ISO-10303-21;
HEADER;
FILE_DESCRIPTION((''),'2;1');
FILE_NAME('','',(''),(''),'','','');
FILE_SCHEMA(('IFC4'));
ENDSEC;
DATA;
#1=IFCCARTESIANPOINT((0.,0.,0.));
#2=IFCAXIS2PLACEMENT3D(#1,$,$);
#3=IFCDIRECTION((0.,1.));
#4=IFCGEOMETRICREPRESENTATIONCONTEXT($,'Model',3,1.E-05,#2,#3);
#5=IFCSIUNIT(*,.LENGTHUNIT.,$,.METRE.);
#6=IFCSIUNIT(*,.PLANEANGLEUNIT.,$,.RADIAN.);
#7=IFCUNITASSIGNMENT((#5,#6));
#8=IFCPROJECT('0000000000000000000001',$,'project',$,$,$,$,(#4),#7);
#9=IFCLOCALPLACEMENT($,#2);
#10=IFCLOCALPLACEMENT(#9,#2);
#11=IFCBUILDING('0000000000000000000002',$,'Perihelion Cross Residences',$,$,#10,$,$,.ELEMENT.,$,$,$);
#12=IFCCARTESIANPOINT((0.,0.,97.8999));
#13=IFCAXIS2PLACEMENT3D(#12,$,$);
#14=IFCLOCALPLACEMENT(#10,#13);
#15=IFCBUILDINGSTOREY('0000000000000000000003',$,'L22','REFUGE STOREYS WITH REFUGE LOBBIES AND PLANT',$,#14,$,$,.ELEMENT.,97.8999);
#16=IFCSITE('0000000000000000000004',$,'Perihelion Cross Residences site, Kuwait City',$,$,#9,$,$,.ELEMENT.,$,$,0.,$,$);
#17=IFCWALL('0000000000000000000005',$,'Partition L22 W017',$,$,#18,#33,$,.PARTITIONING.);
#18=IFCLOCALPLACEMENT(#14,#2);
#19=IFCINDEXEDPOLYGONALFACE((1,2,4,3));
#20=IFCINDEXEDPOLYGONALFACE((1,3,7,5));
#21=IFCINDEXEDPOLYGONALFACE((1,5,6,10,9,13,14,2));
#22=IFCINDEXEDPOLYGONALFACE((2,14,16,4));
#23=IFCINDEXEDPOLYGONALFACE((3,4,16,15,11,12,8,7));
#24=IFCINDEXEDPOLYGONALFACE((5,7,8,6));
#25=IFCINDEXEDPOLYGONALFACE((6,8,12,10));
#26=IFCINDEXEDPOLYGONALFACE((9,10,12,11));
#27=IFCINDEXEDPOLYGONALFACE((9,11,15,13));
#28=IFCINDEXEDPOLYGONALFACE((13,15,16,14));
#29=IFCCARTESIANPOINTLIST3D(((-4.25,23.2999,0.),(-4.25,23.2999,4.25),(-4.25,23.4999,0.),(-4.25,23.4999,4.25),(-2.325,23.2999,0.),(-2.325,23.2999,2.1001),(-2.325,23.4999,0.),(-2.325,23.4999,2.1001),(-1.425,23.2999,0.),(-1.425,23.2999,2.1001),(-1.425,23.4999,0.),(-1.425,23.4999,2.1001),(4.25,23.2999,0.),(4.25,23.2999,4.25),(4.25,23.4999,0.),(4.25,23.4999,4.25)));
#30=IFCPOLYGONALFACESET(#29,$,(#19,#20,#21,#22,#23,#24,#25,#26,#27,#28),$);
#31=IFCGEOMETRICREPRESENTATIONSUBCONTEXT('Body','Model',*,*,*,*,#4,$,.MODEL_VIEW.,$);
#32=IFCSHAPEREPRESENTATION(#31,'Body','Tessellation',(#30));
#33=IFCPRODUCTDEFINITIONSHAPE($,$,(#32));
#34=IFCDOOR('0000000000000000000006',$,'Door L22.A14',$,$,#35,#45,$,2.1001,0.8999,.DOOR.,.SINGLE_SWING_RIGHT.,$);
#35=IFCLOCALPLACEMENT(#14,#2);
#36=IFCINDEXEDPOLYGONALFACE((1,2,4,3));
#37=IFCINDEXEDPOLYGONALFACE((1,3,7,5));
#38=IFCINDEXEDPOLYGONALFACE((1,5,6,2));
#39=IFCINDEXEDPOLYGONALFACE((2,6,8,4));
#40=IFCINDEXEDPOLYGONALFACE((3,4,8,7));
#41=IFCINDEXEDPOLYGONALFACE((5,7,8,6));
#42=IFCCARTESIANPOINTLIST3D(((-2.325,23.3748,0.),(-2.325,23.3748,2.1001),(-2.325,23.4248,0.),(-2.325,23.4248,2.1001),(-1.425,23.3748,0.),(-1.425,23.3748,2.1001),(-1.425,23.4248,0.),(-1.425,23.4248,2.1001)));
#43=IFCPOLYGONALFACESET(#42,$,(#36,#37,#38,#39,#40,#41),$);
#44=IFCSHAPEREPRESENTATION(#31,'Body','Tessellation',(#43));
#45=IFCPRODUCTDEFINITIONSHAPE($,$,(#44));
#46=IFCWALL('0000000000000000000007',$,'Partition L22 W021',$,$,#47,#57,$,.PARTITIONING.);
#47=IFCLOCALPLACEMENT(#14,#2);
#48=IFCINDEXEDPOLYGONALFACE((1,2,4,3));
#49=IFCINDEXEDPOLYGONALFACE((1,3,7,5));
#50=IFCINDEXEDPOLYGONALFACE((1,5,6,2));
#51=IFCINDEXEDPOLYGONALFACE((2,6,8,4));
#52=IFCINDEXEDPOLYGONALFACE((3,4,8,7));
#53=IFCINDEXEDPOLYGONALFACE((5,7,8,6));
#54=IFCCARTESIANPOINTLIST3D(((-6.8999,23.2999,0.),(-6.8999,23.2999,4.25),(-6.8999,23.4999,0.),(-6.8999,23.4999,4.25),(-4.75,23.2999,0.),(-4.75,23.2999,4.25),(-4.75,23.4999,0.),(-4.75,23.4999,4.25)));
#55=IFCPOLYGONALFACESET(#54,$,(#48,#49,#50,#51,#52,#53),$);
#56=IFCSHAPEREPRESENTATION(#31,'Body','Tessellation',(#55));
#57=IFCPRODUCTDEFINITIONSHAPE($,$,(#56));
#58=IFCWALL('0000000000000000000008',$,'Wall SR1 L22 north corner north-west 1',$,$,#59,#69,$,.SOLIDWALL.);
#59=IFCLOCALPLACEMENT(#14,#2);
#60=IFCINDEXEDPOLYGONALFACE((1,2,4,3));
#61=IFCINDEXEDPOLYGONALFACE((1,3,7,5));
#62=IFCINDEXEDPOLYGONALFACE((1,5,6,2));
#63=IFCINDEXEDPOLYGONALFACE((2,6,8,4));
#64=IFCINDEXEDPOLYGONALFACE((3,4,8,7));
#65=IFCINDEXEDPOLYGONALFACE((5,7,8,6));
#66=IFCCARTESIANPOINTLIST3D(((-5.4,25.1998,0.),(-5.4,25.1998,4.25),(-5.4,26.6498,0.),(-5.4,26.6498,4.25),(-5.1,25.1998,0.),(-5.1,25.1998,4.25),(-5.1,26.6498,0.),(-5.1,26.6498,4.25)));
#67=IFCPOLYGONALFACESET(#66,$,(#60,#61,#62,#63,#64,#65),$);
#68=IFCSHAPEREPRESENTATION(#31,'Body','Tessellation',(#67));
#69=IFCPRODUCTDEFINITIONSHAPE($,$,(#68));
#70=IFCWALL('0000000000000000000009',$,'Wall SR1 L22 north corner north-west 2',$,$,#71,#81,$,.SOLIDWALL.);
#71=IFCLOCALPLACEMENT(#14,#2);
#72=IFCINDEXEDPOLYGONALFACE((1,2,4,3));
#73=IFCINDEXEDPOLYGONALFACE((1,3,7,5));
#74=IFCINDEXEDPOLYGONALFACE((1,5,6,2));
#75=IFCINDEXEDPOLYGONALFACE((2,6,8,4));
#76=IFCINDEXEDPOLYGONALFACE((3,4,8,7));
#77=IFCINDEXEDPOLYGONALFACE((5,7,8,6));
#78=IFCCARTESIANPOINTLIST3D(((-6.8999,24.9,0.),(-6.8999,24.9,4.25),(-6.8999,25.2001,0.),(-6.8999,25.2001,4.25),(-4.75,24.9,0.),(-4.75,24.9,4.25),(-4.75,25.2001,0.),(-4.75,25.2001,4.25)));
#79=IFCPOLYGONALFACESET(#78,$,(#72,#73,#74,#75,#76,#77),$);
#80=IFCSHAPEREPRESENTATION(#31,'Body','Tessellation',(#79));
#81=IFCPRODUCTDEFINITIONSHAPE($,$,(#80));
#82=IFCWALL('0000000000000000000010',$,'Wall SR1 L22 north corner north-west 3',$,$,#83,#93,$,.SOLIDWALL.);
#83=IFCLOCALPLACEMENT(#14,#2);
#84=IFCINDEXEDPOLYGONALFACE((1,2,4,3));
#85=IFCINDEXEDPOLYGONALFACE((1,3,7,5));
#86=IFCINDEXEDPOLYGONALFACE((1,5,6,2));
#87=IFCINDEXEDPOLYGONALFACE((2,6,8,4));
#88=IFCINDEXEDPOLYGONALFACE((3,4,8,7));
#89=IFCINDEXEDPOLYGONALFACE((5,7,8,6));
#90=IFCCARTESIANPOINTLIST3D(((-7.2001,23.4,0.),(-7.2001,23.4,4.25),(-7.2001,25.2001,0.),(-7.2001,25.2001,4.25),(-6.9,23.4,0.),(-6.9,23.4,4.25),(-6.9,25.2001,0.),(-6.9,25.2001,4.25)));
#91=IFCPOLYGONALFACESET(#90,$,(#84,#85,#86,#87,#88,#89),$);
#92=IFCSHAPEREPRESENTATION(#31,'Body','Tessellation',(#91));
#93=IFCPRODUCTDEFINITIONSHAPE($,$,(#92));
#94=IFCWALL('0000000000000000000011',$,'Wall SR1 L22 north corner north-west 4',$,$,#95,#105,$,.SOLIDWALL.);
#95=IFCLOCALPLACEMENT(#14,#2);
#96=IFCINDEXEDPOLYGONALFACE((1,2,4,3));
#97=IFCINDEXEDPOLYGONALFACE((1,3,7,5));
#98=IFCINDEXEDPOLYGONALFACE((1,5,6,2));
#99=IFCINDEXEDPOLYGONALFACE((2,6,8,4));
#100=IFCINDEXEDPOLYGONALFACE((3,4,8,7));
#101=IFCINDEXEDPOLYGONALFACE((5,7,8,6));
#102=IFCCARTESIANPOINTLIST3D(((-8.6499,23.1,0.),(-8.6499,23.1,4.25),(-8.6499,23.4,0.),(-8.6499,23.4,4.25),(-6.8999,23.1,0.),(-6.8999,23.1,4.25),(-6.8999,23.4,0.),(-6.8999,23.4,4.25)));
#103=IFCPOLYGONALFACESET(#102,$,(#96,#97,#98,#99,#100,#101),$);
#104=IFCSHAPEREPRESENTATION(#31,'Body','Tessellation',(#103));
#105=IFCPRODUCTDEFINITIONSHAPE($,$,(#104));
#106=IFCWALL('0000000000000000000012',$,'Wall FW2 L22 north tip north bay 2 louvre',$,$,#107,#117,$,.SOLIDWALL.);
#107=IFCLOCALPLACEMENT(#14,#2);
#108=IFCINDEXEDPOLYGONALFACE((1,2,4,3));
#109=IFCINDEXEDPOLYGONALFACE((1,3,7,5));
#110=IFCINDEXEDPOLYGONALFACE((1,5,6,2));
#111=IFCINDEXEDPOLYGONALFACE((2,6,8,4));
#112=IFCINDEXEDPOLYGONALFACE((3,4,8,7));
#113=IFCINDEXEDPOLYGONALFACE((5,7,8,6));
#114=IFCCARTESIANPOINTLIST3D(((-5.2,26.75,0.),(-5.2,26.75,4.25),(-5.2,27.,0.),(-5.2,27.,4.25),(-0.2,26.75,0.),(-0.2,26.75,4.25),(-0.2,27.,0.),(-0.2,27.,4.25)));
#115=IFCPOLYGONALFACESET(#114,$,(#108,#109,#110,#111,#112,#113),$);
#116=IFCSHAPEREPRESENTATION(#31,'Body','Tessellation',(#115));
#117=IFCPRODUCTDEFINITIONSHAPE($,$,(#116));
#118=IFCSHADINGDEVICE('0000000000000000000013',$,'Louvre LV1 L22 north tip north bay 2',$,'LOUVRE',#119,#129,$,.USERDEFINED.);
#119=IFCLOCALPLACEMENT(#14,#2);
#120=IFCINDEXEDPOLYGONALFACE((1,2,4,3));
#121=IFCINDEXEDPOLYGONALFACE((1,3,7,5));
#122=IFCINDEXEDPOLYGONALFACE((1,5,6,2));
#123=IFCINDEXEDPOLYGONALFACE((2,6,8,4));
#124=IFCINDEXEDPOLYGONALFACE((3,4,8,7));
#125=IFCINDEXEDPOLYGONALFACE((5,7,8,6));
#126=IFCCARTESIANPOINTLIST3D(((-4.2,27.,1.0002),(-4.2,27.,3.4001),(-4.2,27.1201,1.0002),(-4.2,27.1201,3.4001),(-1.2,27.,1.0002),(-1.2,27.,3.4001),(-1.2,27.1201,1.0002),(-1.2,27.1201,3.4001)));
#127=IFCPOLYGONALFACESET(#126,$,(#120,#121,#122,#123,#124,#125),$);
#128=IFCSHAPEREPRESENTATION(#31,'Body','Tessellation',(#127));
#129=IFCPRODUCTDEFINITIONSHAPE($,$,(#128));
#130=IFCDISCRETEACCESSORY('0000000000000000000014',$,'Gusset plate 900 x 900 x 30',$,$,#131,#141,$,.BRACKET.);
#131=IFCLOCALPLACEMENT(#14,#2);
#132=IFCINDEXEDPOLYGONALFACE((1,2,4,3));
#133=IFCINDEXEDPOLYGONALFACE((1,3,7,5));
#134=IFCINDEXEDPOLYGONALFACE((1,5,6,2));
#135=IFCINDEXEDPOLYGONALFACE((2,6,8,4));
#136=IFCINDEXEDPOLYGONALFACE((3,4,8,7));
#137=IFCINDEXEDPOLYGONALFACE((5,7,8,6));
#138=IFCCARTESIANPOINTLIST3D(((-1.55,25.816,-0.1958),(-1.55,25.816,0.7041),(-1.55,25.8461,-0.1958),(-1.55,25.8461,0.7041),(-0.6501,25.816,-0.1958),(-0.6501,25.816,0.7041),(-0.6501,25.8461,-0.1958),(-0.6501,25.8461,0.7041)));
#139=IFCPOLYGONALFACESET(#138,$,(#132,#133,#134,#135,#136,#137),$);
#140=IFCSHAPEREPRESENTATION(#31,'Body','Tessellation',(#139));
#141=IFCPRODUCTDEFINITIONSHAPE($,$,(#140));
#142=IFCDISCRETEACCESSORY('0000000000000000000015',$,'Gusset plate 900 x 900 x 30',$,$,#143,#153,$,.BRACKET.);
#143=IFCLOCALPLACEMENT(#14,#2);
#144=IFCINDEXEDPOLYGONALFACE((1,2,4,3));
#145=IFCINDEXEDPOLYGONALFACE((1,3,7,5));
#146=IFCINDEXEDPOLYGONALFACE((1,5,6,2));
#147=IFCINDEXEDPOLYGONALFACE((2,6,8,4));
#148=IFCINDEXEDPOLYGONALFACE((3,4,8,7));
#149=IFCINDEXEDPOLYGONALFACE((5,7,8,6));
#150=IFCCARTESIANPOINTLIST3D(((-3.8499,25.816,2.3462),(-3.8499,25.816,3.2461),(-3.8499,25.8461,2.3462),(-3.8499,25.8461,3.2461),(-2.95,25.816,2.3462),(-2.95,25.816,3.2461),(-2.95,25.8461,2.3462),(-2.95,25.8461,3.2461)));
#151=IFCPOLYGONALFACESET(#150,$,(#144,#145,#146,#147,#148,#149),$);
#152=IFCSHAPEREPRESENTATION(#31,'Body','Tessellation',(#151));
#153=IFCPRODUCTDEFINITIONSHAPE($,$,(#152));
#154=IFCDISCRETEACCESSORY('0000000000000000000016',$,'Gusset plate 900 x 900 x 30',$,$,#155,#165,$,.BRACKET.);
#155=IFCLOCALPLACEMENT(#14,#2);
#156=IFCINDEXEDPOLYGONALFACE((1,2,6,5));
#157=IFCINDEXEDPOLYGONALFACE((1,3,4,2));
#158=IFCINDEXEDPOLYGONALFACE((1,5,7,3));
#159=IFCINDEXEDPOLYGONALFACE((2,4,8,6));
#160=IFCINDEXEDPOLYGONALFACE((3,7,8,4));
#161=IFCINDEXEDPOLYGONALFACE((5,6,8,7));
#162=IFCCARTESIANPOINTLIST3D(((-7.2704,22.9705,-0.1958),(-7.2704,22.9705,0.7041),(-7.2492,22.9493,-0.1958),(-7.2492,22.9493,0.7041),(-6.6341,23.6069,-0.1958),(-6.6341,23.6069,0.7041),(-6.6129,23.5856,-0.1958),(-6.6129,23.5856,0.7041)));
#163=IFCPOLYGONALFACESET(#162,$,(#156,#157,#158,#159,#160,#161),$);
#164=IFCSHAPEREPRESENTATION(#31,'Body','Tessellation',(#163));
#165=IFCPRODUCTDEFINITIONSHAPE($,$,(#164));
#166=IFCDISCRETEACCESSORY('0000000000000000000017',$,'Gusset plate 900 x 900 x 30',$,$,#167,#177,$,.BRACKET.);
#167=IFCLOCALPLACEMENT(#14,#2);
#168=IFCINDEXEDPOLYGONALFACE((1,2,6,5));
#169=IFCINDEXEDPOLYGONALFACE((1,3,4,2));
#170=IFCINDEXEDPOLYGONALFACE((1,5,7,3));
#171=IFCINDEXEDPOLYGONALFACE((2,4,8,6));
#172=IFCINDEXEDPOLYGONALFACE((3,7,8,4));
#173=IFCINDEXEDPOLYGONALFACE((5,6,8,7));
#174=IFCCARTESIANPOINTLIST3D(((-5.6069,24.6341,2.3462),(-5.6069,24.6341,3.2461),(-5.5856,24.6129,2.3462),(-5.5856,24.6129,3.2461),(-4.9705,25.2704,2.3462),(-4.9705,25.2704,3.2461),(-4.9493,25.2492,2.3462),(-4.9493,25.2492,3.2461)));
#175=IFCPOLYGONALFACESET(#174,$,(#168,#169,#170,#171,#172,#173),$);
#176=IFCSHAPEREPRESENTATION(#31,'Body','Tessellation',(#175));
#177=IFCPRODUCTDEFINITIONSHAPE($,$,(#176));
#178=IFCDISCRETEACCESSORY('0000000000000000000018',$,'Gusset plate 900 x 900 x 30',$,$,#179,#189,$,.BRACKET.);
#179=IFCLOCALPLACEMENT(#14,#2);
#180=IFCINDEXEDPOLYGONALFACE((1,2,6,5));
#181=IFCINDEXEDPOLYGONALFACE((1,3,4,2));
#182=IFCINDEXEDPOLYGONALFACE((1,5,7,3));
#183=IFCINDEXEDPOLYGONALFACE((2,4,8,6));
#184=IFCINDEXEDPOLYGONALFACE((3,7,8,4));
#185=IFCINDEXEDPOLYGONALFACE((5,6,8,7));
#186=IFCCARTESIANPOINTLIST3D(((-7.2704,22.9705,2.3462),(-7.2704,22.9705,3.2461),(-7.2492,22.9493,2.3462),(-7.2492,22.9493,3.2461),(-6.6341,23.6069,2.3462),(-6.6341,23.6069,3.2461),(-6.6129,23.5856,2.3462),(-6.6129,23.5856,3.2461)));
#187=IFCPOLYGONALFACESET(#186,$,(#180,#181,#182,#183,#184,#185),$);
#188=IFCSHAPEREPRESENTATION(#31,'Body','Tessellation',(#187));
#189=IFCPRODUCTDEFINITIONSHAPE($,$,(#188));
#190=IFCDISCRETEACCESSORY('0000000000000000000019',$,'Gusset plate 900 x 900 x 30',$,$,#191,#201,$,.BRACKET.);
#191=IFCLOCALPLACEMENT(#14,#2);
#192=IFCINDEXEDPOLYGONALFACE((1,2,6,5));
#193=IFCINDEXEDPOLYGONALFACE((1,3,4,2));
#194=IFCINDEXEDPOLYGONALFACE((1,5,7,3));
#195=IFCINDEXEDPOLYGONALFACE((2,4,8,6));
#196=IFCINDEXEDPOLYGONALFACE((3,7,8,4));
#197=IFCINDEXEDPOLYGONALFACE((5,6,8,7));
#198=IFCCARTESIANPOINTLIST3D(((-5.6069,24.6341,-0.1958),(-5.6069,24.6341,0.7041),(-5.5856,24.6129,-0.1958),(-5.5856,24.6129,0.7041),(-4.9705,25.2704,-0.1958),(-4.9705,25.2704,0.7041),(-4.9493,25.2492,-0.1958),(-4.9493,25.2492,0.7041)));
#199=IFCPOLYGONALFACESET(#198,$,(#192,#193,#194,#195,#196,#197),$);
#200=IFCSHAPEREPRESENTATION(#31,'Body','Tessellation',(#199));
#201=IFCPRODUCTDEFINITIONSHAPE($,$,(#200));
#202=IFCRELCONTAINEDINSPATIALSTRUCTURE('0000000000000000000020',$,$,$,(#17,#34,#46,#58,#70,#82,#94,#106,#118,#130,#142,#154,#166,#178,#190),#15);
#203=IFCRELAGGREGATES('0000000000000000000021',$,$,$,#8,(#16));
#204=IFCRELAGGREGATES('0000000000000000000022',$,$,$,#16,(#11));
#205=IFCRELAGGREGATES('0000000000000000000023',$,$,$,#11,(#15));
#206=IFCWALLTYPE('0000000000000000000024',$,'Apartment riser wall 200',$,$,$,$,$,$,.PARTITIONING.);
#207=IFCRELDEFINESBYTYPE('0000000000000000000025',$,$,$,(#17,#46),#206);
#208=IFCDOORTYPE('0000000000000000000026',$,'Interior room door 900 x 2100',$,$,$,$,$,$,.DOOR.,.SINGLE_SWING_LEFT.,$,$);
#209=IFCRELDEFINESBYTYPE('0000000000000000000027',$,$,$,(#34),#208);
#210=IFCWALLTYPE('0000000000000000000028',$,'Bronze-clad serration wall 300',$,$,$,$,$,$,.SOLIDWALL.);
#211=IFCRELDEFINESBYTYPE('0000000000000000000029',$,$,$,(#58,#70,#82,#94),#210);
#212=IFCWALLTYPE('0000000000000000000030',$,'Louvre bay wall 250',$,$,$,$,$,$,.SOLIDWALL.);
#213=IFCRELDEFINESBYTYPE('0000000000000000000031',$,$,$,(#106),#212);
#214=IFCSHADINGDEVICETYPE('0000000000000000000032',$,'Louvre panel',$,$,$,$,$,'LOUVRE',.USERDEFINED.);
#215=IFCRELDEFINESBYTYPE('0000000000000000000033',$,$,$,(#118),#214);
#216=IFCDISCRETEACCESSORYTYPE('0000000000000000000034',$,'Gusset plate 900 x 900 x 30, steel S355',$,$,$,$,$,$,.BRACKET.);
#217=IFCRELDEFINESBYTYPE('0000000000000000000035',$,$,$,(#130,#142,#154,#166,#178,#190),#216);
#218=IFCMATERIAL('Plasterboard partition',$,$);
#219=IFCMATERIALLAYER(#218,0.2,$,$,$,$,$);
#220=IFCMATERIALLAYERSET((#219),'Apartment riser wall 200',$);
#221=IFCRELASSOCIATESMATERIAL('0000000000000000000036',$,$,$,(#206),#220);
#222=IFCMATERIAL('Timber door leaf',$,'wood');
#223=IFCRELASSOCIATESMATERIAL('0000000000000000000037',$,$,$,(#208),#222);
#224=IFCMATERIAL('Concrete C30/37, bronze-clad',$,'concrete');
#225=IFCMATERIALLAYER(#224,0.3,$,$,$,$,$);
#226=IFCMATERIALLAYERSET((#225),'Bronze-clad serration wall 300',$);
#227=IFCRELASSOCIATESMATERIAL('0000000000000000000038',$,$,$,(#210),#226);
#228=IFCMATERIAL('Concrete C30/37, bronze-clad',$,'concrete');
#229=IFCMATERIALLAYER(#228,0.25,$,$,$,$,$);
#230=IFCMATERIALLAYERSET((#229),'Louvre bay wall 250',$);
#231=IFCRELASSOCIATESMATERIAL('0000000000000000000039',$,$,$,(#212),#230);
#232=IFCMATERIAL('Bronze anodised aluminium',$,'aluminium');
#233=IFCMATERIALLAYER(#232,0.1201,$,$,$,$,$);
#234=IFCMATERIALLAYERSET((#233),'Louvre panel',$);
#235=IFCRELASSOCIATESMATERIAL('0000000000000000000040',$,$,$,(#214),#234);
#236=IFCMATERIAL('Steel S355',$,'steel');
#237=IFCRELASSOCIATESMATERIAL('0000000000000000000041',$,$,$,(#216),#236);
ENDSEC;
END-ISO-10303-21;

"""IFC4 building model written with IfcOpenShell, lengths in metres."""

from ifc_helpers import new_model, si_unit, direction, frame, frame_2d, origin, origin_2d, place, context, subcontext, project, spatial, rectangle, extrude, material, layer, layer_set, type_object, element, fill, save


model = new_model("IFC4")

# Units and contexts
model_context = context("Model", 3, precision=1e-05, world=origin(), true_north=direction((0.0, 1.0)))
body_context = subcontext(model_context, "Body", "Model", "MODEL_VIEW")
ifc_project = project(units=[si_unit("LENGTHUNIT", "METRE"), si_unit("PLANEANGLEUNIT", "RADIAN")], contexts=[model_context])

# Site, building, storey
site_placement = place(None, origin())
site = spatial("IfcSite", under=ifc_project, at=site_placement, Name="Perihelion Cross Residences site, Kuwait City", CompositionType="ELEMENT", RefElevation=0.0)
building_placement = place(site_placement, origin())
building = spatial("IfcBuilding", under=site, at=building_placement, Name="Perihelion Cross Residences", CompositionType="ELEMENT")
storey_placement = place(building_placement, frame((0.0, 0.0, 97.8999)))
storey = spatial("IfcBuildingStorey", under=building, at=storey_placement, Name="L22", Description="REFUGE STOREYS WITH REFUGE LOBBIES AND PLANT", CompositionType="ELEMENT", Elevation=97.8999)

# Wall, opening, door
ifc_material_1 = material(Name="Plasterboard partition")
ifc_layer_1 = layer(ifc_material_1, 0.2)
ifc_layer_set_1 = layer_set([ifc_layer_1], Name="Apartment riser wall 200")
wall_type_1 = type_object("IfcWallType", Name="Apartment riser wall 200", PredefinedType="PARTITIONING", material=ifc_layer_set_1)
wall_1_placement = place(storey_placement, frame((-4.25, 23.3999, 0.0), z_axis=(0.0, 0.0, 1.0), x_axis=(1.0, 0.0, 0.0)))
wall_1 = element("IfcWall", 1, at=wall_1_placement, inside=storey, type_object=wall_type_1, Name="Partition L22 W017", PredefinedType="PARTITIONING", context=body_context, shape_type="SweptSolid", body=[
    extrude(rectangle(XDim=8.5, YDim=0.2, at=frame_2d((4.25, 0.0))), origin(), (0.0, 0.0, 1.0), 4.25),
])
opening_placement = place(wall_1_placement, frame((1.925, 0.0, 0.0)))
opening = element("IfcOpeningElement", 2, at=opening_placement, cuts=wall_1, PredefinedType="OPENING", context=body_context, shape_type="SweptSolid", body=[
    extrude(rectangle(XDim=0.8999, YDim=2.1001, at=frame_2d((0.45, 1.05))), frame((0.0, 0.1099, 0.0), z_axis=(0.0, -1.0, 0.0), x_axis=(1.0, 0.0, 0.0)), (0.0, 0.0, 1.0), 0.22),
])
ifc_material_2 = material(Name="Timber door leaf", Category="wood")
door_type = type_object("IfcDoorType", Name="Interior room door 900 x 2100", OperationType="SINGLE_SWING_LEFT", PredefinedType="DOOR", material=ifc_material_2)
door_placement = place(opening_placement, origin())
door = element("IfcDoor", 3, at=door_placement, inside=storey, type_object=door_type, Name="Door L22.A14", OperationType="SINGLE_SWING_RIGHT", OverallHeight=2.1001, OverallWidth=0.8999, PredefinedType="DOOR", context=body_context, shape_type="SweptSolid", body=[
    extrude(rectangle(XDim=0.8999, YDim=2.1001, at=frame_2d((0.45, 1.05))), frame((0.0, 0.0249, 0.0), z_axis=(0.0, -1.0, 0.0), x_axis=(1.0, 0.0, 0.0)), (0.0, 0.0, 1.0), 0.05),
])
fill(opening, door)

# Walls
wall_2_placement = place(storey_placement, frame((-6.8999, 23.3999, 0.0), z_axis=(0.0, 0.0, 1.0), x_axis=(1.0, 0.0, 0.0)))
element("IfcWall", 4, at=wall_2_placement, inside=storey, type_object=wall_type_1, Name="Partition L22 W021", PredefinedType="PARTITIONING", context=body_context, shape_type="SweptSolid", body=[
    extrude(rectangle(XDim=2.1499, YDim=0.2, at=frame_2d((1.075, 0.0))), origin(), (0.0, 0.0, 1.0), 4.25),
])
ifc_material_3 = material(Name="Concrete C30/37, bronze-clad", Category="concrete")
ifc_layer_2 = layer(ifc_material_3, 0.3)
ifc_layer_set_2 = layer_set([ifc_layer_2], Name="Bronze-clad serration wall 300")
wall_type_2 = type_object("IfcWallType", Name="Bronze-clad serration wall 300", PredefinedType="SOLIDWALL", material=ifc_layer_set_2)
wall_3_placement = place(storey_placement, frame((-5.25, 26.6499, 0.0), z_axis=(0.0, 0.0, 1.0), x_axis=(0.0, -1.0, 0.0)))
element("IfcWall", 5, at=wall_3_placement, inside=storey, type_object=wall_type_2, Name="Wall SR1 L22 north corner north-west 1", PredefinedType="SOLIDWALL", context=body_context, shape_type="SweptSolid", body=[
    extrude(rectangle(XDim=1.45, YDim=0.3, at=frame_2d((0.7251, 0.0))), origin(), (0.0, 0.0, 1.0), 4.25),
])
wall_4_placement = place(storey_placement, frame((-4.75, 25.05, 0.0), z_axis=(0.0, 0.0, 1.0), x_axis=(-1.0, 0.0, 0.0)))
element("IfcWall", 6, at=wall_4_placement, inside=storey, type_object=wall_type_2, Name="Wall SR1 L22 north corner north-west 2", PredefinedType="SOLIDWALL", context=body_context, shape_type="SweptSolid", body=[
    extrude(rectangle(XDim=2.1499, YDim=0.3, at=frame_2d((1.075, 0.0))), origin(), (0.0, 0.0, 1.0), 4.25),
])
wall_5_placement = place(storey_placement, frame((-7.05, 25.2, 0.0), z_axis=(0.0, 0.0, 1.0), x_axis=(0.0, -1.0, 0.0)))
element("IfcWall", 7, at=wall_5_placement, inside=storey, type_object=wall_type_2, Name="Wall SR1 L22 north corner north-west 3", PredefinedType="SOLIDWALL", context=body_context, shape_type="SweptSolid", body=[
    extrude(rectangle(XDim=1.8, YDim=0.3, at=frame_2d((0.8999, 0.0))), origin(), (0.0, 0.0, 1.0), 4.25),
])
wall_6_placement = place(storey_placement, frame((-6.8999, 23.25, 0.0), z_axis=(0.0, 0.0, 1.0), x_axis=(-1.0, 0.0, 0.0)))
element("IfcWall", 8, at=wall_6_placement, inside=storey, type_object=wall_type_2, Name="Wall SR1 L22 north corner north-west 4", PredefinedType="SOLIDWALL", context=body_context, shape_type="SweptSolid", body=[
    extrude(rectangle(XDim=1.75, YDim=0.3, at=frame_2d((0.875, 0.0))), origin(), (0.0, 0.0, 1.0), 4.25),
])
ifc_material_4 = material(Name="Concrete C30/37, bronze-clad", Category="concrete")
ifc_layer_3 = layer(ifc_material_4, 0.25)
ifc_layer_set_3 = layer_set([ifc_layer_3], Name="Louvre bay wall 250")
wall_type_3 = type_object("IfcWallType", Name="Louvre bay wall 250", PredefinedType="SOLIDWALL", material=ifc_layer_set_3)
wall_7_placement = place(storey_placement, frame((-0.2, 26.875, 0.0), z_axis=(0.0, 0.0, 1.0), x_axis=(-1.0, 0.0, 0.0)))
element("IfcWall", 9, at=wall_7_placement, inside=storey, type_object=wall_type_3, Name="Wall FW2 L22 north tip north bay 2 louvre", PredefinedType="SOLIDWALL", context=body_context, shape_type="SweptSolid", body=[
    extrude(rectangle(XDim=5.0, YDim=0.25, at=frame_2d((2.5, 0.0))), origin(), (0.0, 0.0, 1.0), 4.25),
])

# Shading device
ifc_material_5 = material(Name="Bronze anodised aluminium", Category="aluminium")
ifc_layer_4 = layer(ifc_material_5, 0.1201)
ifc_layer_set_4 = layer_set([ifc_layer_4], Name="Louvre panel")
shading_device_type = type_object("IfcShadingDeviceType", Name="Louvre panel", ElementType="LOUVRE", PredefinedType="USERDEFINED", material=ifc_layer_set_4)
shading_device_placement = place(storey_placement, frame((-2.7, 27.0601, 1.0002), z_axis=(0.0, 0.0, 1.0), x_axis=(-1.0, 0.0, 0.0)))
element("IfcShadingDevice", 10, at=shading_device_placement, inside=storey, type_object=shading_device_type, Name="Louvre LV1 L22 north tip north bay 2", ObjectType="LOUVRE", PredefinedType="USERDEFINED", context=body_context, shape_type="SweptSolid", body=[
    extrude(rectangle(XDim=3.0, YDim=0.1201, at=origin_2d()), origin(), (0.0, 0.0, 1.0), 2.3999),
])

# Discrete accessories
ifc_material_6 = material(Name="Steel S355", Category="steel")
discrete_accessory_type = type_object("IfcDiscreteAccessoryType", Name="Gusset plate 900 x 900 x 30, steel S355", PredefinedType="BRACKET", material=ifc_material_6)
for number, where, z_axis, x_axis, name in (
    (11, (-1.1001, 25.8311, -0.1958), (0.0, 0.0, 1.0), (-1.0, 0.0, 0.0), "Gusset plate 900 x 900 x 30"),
    (12, (-3.3999, 25.8311, 2.3462), (0.0, 0.0, 1.0), (1.0, 0.0, 0.0), "Gusset plate 900 x 900 x 30"),
    (13, (-6.9417, 23.2781, -0.1958), (0.0, 0.0, 1.0), (0.707107, 0.707107, 0.0), "Gusset plate 900 x 900 x 30"),
    (14, (-5.2781, 24.9417, 2.3462), (0.0, 0.0, 1.0), (-0.707107, -0.707107, 0.0), "Gusset plate 900 x 900 x 30"),
    (15, (-6.9417, 23.2781, 2.3462), (0.0, 0.0, 1.0), (0.707107, 0.707107, 0.0), "Gusset plate 900 x 900 x 30"),
    (16, (-5.2781, 24.9417, -0.1958), (0.0, 0.0, 1.0), (-0.707107, -0.707107, 0.0), "Gusset plate 900 x 900 x 30"),
):
    element("IfcDiscreteAccessory", number, at=place(storey_placement, frame(where, z_axis=z_axis, x_axis=x_axis)), inside=storey, type_object=discrete_accessory_type, Name=name, PredefinedType="BRACKET", context=body_context, shape_type="SweptSolid", body=[
        extrude(rectangle(XDim=0.8999, YDim=0.03, at=origin_2d()), origin(), (0.0, 0.0, 1.0), 0.8999),
    ])

save(model, "model.ifc")
